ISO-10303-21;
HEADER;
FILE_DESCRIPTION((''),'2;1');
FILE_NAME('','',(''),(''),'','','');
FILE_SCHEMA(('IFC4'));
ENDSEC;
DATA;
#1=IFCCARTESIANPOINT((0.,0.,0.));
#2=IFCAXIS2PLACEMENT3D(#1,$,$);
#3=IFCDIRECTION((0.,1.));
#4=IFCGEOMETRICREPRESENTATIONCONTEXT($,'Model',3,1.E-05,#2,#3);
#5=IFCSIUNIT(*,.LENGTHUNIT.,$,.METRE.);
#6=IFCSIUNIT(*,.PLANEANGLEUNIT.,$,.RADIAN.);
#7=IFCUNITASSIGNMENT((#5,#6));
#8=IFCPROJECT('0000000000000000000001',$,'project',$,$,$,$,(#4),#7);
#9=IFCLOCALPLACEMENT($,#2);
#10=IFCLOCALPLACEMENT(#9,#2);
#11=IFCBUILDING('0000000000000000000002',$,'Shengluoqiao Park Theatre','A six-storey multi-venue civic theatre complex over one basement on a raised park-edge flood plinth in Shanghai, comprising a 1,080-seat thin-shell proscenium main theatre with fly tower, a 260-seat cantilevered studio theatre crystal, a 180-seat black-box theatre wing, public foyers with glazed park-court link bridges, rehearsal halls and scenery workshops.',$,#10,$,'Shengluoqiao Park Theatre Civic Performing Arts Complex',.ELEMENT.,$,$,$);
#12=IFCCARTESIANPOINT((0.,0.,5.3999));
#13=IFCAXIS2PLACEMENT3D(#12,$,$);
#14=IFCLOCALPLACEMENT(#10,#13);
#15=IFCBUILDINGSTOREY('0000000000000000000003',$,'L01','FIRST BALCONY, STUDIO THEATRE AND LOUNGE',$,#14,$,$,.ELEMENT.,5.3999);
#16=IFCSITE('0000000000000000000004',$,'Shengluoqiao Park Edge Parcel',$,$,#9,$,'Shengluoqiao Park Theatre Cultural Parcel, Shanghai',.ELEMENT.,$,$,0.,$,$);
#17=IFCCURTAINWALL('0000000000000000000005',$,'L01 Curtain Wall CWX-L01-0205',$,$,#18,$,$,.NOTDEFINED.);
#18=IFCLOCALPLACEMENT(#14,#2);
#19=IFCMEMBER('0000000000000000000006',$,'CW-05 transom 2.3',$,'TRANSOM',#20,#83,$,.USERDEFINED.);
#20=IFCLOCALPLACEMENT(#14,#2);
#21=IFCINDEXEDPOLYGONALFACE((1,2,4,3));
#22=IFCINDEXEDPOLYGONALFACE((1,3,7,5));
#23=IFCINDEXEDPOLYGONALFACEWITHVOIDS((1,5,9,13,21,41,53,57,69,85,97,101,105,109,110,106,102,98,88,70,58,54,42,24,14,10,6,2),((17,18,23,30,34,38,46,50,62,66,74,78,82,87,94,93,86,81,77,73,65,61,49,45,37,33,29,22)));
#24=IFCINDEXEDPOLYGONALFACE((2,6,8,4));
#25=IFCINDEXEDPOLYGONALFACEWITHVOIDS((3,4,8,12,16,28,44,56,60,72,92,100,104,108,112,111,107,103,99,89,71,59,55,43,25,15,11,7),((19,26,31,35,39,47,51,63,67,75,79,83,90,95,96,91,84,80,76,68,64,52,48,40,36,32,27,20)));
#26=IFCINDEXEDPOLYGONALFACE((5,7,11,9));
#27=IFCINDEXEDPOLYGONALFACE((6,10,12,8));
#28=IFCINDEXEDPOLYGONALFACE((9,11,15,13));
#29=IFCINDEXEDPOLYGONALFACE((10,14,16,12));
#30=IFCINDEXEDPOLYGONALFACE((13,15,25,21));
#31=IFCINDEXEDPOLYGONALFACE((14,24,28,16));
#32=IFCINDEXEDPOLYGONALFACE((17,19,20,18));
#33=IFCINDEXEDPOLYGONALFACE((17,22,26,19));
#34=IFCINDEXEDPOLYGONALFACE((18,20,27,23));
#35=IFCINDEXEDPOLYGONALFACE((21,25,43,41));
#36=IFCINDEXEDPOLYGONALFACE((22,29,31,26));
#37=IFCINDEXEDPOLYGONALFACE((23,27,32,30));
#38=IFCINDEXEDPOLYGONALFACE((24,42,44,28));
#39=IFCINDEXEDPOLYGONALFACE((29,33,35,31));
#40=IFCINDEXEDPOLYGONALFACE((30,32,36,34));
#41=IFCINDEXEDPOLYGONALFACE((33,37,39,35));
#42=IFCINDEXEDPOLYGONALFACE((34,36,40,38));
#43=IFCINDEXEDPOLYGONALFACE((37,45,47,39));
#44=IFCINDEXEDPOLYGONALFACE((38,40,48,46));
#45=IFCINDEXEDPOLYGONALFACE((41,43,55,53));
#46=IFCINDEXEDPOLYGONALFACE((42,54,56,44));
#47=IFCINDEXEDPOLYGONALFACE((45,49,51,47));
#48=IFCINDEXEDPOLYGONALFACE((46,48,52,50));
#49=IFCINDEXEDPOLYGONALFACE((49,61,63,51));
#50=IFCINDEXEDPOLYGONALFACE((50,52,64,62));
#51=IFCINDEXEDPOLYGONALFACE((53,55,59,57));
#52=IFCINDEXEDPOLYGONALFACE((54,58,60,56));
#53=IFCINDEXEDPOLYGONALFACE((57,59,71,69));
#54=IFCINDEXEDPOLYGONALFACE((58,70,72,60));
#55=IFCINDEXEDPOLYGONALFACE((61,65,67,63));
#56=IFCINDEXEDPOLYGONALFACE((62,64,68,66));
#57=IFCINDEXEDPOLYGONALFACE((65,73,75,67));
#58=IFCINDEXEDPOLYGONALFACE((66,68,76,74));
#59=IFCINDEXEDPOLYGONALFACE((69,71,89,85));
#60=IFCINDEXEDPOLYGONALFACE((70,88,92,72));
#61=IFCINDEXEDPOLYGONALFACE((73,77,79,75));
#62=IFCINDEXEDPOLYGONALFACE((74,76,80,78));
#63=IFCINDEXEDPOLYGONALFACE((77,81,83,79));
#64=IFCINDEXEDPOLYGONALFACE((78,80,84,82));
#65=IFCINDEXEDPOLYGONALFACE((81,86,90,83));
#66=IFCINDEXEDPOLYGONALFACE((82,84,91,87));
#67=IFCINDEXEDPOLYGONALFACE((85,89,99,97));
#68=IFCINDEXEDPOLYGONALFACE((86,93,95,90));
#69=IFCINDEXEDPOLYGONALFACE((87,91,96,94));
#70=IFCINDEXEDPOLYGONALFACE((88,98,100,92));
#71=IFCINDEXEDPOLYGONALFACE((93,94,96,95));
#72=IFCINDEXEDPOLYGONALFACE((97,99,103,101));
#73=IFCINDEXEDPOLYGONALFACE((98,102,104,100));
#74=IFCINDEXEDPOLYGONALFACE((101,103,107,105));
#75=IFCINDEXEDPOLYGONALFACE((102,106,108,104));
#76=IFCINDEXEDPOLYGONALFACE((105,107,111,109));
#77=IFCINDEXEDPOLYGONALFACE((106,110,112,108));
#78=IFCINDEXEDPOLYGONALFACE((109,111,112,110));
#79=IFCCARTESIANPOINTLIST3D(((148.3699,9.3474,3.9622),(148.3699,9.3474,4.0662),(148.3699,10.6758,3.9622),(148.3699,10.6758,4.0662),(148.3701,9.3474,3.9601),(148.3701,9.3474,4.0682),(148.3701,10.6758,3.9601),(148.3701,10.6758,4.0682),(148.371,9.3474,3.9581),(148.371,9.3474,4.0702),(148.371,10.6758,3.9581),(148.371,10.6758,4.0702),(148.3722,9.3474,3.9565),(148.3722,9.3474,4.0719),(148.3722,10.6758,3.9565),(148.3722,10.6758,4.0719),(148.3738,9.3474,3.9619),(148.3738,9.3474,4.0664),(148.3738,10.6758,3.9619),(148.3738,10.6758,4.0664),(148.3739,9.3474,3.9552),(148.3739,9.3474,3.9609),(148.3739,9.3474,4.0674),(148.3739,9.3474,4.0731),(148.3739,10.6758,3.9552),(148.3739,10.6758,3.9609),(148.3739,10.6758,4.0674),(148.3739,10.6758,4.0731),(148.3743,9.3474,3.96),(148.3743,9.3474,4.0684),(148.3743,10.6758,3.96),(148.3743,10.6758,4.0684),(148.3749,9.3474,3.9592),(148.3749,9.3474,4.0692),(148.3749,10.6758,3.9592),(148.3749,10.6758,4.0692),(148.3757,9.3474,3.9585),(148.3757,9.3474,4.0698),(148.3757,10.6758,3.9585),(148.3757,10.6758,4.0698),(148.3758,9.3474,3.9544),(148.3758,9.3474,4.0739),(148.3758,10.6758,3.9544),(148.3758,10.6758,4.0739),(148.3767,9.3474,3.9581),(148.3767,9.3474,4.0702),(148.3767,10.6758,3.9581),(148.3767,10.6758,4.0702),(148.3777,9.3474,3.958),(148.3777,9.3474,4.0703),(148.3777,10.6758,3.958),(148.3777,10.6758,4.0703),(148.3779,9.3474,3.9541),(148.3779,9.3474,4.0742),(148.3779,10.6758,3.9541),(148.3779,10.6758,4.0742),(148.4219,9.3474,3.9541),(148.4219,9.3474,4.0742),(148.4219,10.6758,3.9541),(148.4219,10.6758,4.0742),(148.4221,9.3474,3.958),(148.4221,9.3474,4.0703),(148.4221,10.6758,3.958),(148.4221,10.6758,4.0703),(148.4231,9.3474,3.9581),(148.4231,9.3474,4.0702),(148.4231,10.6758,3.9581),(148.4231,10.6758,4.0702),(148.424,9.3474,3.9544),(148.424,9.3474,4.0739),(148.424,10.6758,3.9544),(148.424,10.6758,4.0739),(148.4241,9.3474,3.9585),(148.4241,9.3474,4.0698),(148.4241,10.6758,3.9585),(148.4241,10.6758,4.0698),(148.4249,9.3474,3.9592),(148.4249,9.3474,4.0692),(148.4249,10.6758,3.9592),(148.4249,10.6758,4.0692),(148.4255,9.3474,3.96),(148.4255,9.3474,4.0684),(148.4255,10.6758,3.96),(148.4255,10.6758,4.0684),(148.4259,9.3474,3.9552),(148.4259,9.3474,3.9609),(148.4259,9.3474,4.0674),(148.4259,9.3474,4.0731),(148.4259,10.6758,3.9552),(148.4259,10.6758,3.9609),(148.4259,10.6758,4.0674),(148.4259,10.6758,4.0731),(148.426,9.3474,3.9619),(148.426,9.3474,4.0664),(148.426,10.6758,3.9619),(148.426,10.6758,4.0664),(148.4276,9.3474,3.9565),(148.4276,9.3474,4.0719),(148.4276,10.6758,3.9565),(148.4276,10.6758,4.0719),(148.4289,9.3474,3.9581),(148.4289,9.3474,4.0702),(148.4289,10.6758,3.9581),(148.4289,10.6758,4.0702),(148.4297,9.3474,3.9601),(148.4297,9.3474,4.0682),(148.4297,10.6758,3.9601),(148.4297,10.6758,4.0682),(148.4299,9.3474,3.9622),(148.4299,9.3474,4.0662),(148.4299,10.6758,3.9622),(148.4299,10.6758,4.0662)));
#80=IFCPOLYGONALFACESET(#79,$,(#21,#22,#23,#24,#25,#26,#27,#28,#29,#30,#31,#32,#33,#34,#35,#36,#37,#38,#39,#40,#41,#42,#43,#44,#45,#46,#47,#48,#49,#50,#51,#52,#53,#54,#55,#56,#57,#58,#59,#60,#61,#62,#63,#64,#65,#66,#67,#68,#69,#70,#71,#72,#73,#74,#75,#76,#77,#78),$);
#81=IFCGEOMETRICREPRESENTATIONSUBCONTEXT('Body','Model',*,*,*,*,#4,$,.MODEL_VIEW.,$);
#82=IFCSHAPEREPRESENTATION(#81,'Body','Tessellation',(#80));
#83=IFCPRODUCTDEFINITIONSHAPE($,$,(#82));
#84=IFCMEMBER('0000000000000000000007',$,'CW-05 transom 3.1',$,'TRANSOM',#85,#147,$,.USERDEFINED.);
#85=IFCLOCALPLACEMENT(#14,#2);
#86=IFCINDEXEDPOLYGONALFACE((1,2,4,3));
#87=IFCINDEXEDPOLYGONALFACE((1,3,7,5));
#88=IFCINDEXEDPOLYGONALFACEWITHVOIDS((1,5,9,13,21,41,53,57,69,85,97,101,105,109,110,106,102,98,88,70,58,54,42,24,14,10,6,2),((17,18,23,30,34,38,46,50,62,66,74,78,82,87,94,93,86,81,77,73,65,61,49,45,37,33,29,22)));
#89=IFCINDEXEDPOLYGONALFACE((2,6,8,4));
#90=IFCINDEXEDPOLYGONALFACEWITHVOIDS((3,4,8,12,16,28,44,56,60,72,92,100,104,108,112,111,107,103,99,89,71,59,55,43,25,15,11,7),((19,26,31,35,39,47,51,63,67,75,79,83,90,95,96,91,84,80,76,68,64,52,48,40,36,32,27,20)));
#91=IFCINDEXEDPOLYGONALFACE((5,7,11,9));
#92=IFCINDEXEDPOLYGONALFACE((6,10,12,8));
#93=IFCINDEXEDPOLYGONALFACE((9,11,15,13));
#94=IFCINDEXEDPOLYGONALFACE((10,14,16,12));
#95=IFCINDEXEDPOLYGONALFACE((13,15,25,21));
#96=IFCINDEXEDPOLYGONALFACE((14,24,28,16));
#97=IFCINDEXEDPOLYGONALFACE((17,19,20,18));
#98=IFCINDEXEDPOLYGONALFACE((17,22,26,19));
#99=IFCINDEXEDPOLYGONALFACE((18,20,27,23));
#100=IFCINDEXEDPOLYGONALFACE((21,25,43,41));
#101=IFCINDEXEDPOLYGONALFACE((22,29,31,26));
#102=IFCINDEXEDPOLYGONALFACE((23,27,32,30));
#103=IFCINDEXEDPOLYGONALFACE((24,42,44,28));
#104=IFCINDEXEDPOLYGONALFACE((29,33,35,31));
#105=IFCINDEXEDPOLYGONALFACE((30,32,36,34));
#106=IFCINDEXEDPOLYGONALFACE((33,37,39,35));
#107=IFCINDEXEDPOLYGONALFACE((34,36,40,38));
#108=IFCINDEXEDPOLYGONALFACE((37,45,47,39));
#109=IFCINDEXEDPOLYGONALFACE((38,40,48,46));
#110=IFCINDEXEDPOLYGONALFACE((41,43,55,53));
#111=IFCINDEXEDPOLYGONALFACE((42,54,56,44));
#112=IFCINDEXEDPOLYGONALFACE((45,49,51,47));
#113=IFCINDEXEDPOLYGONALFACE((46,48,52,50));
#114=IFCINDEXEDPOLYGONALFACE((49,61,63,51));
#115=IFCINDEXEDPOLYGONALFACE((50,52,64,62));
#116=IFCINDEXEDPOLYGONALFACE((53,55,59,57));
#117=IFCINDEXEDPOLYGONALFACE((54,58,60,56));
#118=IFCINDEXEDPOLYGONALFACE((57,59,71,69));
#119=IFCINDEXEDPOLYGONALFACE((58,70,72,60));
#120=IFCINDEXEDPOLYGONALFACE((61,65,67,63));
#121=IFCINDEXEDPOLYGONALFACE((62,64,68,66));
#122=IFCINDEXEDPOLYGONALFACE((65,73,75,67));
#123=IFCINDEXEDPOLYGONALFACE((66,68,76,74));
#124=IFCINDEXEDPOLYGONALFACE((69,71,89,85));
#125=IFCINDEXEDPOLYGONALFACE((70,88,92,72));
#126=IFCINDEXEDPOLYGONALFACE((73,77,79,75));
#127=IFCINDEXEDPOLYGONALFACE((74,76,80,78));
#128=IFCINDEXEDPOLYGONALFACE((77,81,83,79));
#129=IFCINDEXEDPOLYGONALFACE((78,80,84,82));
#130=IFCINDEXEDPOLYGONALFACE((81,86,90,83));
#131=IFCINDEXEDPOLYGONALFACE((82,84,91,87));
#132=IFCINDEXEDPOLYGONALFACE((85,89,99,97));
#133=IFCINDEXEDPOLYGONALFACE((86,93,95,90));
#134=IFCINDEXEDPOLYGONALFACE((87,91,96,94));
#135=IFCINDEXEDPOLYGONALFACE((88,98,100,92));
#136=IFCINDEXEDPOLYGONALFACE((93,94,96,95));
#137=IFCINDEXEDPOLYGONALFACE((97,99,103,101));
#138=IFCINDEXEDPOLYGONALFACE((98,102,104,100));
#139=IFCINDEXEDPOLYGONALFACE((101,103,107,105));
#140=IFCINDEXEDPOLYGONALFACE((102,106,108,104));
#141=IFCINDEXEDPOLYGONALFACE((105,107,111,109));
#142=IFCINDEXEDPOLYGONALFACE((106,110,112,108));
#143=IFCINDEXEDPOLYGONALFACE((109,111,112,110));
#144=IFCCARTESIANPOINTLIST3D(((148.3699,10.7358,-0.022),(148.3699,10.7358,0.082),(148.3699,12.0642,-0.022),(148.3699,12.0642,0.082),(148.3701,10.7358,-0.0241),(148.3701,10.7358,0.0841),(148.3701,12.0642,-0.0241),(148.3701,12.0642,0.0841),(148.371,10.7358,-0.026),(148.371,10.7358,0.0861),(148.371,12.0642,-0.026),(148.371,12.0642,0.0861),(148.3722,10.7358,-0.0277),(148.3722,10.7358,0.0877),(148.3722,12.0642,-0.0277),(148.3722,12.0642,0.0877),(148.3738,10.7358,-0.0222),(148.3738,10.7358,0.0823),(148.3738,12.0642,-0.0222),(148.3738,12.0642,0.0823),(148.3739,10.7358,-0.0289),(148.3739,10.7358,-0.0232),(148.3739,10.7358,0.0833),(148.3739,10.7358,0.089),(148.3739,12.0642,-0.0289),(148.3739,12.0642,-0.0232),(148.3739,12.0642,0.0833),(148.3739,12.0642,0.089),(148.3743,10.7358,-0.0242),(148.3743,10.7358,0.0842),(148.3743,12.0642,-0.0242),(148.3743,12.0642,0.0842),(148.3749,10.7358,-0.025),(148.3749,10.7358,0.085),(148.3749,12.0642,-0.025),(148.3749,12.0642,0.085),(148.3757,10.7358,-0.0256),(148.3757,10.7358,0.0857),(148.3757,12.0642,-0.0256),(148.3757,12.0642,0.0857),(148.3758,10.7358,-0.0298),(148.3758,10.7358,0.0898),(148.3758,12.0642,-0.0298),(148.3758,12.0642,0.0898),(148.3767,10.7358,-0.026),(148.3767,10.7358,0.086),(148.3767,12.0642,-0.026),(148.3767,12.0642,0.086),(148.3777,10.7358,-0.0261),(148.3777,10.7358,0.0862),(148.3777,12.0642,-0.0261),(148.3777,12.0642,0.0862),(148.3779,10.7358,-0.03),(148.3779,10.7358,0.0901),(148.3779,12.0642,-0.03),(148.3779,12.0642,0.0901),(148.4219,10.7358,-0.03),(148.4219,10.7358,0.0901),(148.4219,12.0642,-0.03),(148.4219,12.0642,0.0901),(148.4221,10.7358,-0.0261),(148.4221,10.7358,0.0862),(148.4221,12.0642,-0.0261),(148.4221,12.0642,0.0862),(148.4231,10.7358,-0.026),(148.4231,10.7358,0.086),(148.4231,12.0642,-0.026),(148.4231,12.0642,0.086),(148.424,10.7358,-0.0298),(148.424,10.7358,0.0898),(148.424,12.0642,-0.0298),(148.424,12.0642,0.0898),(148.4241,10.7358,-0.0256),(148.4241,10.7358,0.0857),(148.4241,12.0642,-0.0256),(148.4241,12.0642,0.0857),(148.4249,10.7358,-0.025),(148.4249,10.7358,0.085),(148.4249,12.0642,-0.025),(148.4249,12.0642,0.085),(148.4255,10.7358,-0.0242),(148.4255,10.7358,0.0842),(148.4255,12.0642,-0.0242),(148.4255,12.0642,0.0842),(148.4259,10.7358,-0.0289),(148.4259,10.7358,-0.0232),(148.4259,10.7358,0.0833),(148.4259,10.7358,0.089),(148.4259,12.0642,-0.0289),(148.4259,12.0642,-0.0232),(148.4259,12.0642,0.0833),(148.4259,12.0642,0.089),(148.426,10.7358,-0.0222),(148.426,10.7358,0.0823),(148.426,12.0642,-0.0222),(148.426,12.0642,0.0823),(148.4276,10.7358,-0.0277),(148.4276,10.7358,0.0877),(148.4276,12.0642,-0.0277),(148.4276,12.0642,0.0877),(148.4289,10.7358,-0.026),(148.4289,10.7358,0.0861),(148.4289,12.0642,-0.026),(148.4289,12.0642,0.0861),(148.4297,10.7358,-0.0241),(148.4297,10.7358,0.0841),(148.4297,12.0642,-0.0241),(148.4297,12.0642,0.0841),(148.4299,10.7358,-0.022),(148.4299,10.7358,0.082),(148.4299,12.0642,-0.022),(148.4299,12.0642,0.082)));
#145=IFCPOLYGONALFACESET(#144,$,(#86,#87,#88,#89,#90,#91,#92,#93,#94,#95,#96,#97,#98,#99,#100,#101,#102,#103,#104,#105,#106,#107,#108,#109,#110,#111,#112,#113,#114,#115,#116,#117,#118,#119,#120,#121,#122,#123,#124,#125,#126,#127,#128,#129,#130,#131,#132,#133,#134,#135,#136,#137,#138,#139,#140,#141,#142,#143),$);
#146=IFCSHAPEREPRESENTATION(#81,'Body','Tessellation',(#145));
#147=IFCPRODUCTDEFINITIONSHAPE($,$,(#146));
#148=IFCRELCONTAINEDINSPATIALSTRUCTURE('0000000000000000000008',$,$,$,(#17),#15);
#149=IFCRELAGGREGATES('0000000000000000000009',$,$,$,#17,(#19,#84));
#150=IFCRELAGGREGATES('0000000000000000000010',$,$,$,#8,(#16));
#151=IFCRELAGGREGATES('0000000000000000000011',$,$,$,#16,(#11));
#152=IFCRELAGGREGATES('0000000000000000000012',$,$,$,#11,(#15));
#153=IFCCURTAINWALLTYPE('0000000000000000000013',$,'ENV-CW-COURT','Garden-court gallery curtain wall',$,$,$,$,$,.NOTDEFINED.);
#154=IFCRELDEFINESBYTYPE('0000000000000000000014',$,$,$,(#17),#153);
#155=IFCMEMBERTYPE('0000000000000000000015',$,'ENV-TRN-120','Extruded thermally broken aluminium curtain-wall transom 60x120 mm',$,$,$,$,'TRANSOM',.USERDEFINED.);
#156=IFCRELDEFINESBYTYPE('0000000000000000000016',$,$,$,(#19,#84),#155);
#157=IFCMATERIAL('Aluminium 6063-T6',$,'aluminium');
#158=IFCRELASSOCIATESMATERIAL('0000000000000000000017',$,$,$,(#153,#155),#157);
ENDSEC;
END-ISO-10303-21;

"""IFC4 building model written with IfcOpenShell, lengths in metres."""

from ifc_helpers import new_model, si_unit, direction, frame, origin, origin_2d, place, context, subcontext, project, spatial, hollow_rectangle, extrude, material, material_profile, profile_set, type_object, element, aggregate, save


model = new_model("IFC4")

# Units and contexts
model_context = context("Model", 3, precision=1e-05, world=origin(), true_north=direction((0.0, 1.0)))
body_context = subcontext(model_context, "Body", "Model", "MODEL_VIEW")
ifc_project = project(units=[si_unit("LENGTHUNIT", "METRE"), si_unit("PLANEANGLEUNIT", "RADIAN")], contexts=[model_context])

# Site, building, storey
site_placement = place(None, origin())
site = spatial("IfcSite", under=ifc_project, at=site_placement, Name="Shengluoqiao Park Edge Parcel", LongName="Shengluoqiao Park Theatre Cultural Parcel, Shanghai", CompositionType="ELEMENT", RefElevation=0.0)
building_placement = place(site_placement, origin())
building = spatial("IfcBuilding", under=site, at=building_placement, Name="Shengluoqiao Park Theatre", Description="A six-storey multi-venue civic theatre complex over one basement on a raised park-edge flood plinth in Shanghai, comprising a 1,080-seat thin-shell proscenium main theatre with fly tower, a 260-seat cantilevered studio theatre crystal, a 180-seat black-box theatre wing, public foyers with glazed park-court link bridges, rehearsal halls and scenery workshops.", LongName="Shengluoqiao Park Theatre Civic Performing Arts Complex", CompositionType="ELEMENT")
storey_placement = place(building_placement, frame((0.0, 0.0, 5.3999)))
storey = spatial("IfcBuildingStorey", under=building, at=storey_placement, Name="L01", Description="FIRST BALCONY, STUDIO THEATRE AND LOUNGE", CompositionType="ELEMENT", Elevation=5.3999)

# Curtain wall, members
ifc_material_1 = material(Name="Aluminium 6063-T6", Category="aluminium")
curtain_wall_type = type_object("IfcCurtainWallType", Name="ENV-CW-COURT", Description="Garden-court gallery curtain wall", PredefinedType="NOTDEFINED", material=ifc_material_1)
curtain_wall_placement = place(storey_placement, origin())
curtain_wall = element("IfcCurtainWall", 1, at=curtain_wall_placement, inside=storey, type_object=curtain_wall_type, Name="L01 Curtain Wall CWX-L01-0205", PredefinedType="NOTDEFINED")
ifc_material_profile_1 = material_profile(ifc_material_1, hollow_rectangle(XDim=0.0601, YDim=0.1201, WallThickness=0.0039, InnerFilletRadius=0.0039, OuterFilletRadius=0.0081, at=origin_2d()), Name="ALU TRANSOM 120x60x4")
ifc_profile_set_1 = profile_set([ifc_material_profile_1], Name="Aluminium 6063-T6")
member_type_1 = type_object("IfcMemberType", Name="ENV-TRN-120", Description="Extruded thermally broken aluminium curtain-wall transom 60x120 mm", ElementType="TRANSOM", PredefinedType="USERDEFINED", material=ifc_profile_set_1)
member_1_placement = place(storey_placement, frame((148.3999, 9.3474, 4.0142), z_axis=(0.0, 1.0, 0.0), x_axis=(-1.0, 0.0, 0.0)))
member_1 = element("IfcMember", 2, at=member_1_placement, type_object=member_type_1, Name="CW-05 transom 2.3", ObjectType="TRANSOM", PredefinedType="USERDEFINED", context=body_context, shape_type="SweptSolid", body=[
    extrude(hollow_rectangle(XDim=0.0601, YDim=0.1201, WallThickness=0.0039, InnerFilletRadius=0.0039, OuterFilletRadius=0.0081, at=origin_2d()), origin(), (0.0, 0.0, 1.0), 1.3284),
])
member_2_placement = place(storey_placement, frame((148.3999, 10.7358, 0.03), z_axis=(0.0, 1.0, 0.0), x_axis=(-1.0, 0.0, 0.0)))
member_2 = element("IfcMember", 3, at=member_2_placement, type_object=member_type_1, Name="CW-05 transom 3.1", ObjectType="TRANSOM", PredefinedType="USERDEFINED", context=body_context, shape_type="SweptSolid", body=[
    extrude(hollow_rectangle(XDim=0.0601, YDim=0.1201, WallThickness=0.0039, InnerFilletRadius=0.0039, OuterFilletRadius=0.0081, at=origin_2d()), origin(), (0.0, 0.0, 1.0), 1.3284),
])

aggregate(curtain_wall, [member_1, member_2])

save(model, "model.ifc")
